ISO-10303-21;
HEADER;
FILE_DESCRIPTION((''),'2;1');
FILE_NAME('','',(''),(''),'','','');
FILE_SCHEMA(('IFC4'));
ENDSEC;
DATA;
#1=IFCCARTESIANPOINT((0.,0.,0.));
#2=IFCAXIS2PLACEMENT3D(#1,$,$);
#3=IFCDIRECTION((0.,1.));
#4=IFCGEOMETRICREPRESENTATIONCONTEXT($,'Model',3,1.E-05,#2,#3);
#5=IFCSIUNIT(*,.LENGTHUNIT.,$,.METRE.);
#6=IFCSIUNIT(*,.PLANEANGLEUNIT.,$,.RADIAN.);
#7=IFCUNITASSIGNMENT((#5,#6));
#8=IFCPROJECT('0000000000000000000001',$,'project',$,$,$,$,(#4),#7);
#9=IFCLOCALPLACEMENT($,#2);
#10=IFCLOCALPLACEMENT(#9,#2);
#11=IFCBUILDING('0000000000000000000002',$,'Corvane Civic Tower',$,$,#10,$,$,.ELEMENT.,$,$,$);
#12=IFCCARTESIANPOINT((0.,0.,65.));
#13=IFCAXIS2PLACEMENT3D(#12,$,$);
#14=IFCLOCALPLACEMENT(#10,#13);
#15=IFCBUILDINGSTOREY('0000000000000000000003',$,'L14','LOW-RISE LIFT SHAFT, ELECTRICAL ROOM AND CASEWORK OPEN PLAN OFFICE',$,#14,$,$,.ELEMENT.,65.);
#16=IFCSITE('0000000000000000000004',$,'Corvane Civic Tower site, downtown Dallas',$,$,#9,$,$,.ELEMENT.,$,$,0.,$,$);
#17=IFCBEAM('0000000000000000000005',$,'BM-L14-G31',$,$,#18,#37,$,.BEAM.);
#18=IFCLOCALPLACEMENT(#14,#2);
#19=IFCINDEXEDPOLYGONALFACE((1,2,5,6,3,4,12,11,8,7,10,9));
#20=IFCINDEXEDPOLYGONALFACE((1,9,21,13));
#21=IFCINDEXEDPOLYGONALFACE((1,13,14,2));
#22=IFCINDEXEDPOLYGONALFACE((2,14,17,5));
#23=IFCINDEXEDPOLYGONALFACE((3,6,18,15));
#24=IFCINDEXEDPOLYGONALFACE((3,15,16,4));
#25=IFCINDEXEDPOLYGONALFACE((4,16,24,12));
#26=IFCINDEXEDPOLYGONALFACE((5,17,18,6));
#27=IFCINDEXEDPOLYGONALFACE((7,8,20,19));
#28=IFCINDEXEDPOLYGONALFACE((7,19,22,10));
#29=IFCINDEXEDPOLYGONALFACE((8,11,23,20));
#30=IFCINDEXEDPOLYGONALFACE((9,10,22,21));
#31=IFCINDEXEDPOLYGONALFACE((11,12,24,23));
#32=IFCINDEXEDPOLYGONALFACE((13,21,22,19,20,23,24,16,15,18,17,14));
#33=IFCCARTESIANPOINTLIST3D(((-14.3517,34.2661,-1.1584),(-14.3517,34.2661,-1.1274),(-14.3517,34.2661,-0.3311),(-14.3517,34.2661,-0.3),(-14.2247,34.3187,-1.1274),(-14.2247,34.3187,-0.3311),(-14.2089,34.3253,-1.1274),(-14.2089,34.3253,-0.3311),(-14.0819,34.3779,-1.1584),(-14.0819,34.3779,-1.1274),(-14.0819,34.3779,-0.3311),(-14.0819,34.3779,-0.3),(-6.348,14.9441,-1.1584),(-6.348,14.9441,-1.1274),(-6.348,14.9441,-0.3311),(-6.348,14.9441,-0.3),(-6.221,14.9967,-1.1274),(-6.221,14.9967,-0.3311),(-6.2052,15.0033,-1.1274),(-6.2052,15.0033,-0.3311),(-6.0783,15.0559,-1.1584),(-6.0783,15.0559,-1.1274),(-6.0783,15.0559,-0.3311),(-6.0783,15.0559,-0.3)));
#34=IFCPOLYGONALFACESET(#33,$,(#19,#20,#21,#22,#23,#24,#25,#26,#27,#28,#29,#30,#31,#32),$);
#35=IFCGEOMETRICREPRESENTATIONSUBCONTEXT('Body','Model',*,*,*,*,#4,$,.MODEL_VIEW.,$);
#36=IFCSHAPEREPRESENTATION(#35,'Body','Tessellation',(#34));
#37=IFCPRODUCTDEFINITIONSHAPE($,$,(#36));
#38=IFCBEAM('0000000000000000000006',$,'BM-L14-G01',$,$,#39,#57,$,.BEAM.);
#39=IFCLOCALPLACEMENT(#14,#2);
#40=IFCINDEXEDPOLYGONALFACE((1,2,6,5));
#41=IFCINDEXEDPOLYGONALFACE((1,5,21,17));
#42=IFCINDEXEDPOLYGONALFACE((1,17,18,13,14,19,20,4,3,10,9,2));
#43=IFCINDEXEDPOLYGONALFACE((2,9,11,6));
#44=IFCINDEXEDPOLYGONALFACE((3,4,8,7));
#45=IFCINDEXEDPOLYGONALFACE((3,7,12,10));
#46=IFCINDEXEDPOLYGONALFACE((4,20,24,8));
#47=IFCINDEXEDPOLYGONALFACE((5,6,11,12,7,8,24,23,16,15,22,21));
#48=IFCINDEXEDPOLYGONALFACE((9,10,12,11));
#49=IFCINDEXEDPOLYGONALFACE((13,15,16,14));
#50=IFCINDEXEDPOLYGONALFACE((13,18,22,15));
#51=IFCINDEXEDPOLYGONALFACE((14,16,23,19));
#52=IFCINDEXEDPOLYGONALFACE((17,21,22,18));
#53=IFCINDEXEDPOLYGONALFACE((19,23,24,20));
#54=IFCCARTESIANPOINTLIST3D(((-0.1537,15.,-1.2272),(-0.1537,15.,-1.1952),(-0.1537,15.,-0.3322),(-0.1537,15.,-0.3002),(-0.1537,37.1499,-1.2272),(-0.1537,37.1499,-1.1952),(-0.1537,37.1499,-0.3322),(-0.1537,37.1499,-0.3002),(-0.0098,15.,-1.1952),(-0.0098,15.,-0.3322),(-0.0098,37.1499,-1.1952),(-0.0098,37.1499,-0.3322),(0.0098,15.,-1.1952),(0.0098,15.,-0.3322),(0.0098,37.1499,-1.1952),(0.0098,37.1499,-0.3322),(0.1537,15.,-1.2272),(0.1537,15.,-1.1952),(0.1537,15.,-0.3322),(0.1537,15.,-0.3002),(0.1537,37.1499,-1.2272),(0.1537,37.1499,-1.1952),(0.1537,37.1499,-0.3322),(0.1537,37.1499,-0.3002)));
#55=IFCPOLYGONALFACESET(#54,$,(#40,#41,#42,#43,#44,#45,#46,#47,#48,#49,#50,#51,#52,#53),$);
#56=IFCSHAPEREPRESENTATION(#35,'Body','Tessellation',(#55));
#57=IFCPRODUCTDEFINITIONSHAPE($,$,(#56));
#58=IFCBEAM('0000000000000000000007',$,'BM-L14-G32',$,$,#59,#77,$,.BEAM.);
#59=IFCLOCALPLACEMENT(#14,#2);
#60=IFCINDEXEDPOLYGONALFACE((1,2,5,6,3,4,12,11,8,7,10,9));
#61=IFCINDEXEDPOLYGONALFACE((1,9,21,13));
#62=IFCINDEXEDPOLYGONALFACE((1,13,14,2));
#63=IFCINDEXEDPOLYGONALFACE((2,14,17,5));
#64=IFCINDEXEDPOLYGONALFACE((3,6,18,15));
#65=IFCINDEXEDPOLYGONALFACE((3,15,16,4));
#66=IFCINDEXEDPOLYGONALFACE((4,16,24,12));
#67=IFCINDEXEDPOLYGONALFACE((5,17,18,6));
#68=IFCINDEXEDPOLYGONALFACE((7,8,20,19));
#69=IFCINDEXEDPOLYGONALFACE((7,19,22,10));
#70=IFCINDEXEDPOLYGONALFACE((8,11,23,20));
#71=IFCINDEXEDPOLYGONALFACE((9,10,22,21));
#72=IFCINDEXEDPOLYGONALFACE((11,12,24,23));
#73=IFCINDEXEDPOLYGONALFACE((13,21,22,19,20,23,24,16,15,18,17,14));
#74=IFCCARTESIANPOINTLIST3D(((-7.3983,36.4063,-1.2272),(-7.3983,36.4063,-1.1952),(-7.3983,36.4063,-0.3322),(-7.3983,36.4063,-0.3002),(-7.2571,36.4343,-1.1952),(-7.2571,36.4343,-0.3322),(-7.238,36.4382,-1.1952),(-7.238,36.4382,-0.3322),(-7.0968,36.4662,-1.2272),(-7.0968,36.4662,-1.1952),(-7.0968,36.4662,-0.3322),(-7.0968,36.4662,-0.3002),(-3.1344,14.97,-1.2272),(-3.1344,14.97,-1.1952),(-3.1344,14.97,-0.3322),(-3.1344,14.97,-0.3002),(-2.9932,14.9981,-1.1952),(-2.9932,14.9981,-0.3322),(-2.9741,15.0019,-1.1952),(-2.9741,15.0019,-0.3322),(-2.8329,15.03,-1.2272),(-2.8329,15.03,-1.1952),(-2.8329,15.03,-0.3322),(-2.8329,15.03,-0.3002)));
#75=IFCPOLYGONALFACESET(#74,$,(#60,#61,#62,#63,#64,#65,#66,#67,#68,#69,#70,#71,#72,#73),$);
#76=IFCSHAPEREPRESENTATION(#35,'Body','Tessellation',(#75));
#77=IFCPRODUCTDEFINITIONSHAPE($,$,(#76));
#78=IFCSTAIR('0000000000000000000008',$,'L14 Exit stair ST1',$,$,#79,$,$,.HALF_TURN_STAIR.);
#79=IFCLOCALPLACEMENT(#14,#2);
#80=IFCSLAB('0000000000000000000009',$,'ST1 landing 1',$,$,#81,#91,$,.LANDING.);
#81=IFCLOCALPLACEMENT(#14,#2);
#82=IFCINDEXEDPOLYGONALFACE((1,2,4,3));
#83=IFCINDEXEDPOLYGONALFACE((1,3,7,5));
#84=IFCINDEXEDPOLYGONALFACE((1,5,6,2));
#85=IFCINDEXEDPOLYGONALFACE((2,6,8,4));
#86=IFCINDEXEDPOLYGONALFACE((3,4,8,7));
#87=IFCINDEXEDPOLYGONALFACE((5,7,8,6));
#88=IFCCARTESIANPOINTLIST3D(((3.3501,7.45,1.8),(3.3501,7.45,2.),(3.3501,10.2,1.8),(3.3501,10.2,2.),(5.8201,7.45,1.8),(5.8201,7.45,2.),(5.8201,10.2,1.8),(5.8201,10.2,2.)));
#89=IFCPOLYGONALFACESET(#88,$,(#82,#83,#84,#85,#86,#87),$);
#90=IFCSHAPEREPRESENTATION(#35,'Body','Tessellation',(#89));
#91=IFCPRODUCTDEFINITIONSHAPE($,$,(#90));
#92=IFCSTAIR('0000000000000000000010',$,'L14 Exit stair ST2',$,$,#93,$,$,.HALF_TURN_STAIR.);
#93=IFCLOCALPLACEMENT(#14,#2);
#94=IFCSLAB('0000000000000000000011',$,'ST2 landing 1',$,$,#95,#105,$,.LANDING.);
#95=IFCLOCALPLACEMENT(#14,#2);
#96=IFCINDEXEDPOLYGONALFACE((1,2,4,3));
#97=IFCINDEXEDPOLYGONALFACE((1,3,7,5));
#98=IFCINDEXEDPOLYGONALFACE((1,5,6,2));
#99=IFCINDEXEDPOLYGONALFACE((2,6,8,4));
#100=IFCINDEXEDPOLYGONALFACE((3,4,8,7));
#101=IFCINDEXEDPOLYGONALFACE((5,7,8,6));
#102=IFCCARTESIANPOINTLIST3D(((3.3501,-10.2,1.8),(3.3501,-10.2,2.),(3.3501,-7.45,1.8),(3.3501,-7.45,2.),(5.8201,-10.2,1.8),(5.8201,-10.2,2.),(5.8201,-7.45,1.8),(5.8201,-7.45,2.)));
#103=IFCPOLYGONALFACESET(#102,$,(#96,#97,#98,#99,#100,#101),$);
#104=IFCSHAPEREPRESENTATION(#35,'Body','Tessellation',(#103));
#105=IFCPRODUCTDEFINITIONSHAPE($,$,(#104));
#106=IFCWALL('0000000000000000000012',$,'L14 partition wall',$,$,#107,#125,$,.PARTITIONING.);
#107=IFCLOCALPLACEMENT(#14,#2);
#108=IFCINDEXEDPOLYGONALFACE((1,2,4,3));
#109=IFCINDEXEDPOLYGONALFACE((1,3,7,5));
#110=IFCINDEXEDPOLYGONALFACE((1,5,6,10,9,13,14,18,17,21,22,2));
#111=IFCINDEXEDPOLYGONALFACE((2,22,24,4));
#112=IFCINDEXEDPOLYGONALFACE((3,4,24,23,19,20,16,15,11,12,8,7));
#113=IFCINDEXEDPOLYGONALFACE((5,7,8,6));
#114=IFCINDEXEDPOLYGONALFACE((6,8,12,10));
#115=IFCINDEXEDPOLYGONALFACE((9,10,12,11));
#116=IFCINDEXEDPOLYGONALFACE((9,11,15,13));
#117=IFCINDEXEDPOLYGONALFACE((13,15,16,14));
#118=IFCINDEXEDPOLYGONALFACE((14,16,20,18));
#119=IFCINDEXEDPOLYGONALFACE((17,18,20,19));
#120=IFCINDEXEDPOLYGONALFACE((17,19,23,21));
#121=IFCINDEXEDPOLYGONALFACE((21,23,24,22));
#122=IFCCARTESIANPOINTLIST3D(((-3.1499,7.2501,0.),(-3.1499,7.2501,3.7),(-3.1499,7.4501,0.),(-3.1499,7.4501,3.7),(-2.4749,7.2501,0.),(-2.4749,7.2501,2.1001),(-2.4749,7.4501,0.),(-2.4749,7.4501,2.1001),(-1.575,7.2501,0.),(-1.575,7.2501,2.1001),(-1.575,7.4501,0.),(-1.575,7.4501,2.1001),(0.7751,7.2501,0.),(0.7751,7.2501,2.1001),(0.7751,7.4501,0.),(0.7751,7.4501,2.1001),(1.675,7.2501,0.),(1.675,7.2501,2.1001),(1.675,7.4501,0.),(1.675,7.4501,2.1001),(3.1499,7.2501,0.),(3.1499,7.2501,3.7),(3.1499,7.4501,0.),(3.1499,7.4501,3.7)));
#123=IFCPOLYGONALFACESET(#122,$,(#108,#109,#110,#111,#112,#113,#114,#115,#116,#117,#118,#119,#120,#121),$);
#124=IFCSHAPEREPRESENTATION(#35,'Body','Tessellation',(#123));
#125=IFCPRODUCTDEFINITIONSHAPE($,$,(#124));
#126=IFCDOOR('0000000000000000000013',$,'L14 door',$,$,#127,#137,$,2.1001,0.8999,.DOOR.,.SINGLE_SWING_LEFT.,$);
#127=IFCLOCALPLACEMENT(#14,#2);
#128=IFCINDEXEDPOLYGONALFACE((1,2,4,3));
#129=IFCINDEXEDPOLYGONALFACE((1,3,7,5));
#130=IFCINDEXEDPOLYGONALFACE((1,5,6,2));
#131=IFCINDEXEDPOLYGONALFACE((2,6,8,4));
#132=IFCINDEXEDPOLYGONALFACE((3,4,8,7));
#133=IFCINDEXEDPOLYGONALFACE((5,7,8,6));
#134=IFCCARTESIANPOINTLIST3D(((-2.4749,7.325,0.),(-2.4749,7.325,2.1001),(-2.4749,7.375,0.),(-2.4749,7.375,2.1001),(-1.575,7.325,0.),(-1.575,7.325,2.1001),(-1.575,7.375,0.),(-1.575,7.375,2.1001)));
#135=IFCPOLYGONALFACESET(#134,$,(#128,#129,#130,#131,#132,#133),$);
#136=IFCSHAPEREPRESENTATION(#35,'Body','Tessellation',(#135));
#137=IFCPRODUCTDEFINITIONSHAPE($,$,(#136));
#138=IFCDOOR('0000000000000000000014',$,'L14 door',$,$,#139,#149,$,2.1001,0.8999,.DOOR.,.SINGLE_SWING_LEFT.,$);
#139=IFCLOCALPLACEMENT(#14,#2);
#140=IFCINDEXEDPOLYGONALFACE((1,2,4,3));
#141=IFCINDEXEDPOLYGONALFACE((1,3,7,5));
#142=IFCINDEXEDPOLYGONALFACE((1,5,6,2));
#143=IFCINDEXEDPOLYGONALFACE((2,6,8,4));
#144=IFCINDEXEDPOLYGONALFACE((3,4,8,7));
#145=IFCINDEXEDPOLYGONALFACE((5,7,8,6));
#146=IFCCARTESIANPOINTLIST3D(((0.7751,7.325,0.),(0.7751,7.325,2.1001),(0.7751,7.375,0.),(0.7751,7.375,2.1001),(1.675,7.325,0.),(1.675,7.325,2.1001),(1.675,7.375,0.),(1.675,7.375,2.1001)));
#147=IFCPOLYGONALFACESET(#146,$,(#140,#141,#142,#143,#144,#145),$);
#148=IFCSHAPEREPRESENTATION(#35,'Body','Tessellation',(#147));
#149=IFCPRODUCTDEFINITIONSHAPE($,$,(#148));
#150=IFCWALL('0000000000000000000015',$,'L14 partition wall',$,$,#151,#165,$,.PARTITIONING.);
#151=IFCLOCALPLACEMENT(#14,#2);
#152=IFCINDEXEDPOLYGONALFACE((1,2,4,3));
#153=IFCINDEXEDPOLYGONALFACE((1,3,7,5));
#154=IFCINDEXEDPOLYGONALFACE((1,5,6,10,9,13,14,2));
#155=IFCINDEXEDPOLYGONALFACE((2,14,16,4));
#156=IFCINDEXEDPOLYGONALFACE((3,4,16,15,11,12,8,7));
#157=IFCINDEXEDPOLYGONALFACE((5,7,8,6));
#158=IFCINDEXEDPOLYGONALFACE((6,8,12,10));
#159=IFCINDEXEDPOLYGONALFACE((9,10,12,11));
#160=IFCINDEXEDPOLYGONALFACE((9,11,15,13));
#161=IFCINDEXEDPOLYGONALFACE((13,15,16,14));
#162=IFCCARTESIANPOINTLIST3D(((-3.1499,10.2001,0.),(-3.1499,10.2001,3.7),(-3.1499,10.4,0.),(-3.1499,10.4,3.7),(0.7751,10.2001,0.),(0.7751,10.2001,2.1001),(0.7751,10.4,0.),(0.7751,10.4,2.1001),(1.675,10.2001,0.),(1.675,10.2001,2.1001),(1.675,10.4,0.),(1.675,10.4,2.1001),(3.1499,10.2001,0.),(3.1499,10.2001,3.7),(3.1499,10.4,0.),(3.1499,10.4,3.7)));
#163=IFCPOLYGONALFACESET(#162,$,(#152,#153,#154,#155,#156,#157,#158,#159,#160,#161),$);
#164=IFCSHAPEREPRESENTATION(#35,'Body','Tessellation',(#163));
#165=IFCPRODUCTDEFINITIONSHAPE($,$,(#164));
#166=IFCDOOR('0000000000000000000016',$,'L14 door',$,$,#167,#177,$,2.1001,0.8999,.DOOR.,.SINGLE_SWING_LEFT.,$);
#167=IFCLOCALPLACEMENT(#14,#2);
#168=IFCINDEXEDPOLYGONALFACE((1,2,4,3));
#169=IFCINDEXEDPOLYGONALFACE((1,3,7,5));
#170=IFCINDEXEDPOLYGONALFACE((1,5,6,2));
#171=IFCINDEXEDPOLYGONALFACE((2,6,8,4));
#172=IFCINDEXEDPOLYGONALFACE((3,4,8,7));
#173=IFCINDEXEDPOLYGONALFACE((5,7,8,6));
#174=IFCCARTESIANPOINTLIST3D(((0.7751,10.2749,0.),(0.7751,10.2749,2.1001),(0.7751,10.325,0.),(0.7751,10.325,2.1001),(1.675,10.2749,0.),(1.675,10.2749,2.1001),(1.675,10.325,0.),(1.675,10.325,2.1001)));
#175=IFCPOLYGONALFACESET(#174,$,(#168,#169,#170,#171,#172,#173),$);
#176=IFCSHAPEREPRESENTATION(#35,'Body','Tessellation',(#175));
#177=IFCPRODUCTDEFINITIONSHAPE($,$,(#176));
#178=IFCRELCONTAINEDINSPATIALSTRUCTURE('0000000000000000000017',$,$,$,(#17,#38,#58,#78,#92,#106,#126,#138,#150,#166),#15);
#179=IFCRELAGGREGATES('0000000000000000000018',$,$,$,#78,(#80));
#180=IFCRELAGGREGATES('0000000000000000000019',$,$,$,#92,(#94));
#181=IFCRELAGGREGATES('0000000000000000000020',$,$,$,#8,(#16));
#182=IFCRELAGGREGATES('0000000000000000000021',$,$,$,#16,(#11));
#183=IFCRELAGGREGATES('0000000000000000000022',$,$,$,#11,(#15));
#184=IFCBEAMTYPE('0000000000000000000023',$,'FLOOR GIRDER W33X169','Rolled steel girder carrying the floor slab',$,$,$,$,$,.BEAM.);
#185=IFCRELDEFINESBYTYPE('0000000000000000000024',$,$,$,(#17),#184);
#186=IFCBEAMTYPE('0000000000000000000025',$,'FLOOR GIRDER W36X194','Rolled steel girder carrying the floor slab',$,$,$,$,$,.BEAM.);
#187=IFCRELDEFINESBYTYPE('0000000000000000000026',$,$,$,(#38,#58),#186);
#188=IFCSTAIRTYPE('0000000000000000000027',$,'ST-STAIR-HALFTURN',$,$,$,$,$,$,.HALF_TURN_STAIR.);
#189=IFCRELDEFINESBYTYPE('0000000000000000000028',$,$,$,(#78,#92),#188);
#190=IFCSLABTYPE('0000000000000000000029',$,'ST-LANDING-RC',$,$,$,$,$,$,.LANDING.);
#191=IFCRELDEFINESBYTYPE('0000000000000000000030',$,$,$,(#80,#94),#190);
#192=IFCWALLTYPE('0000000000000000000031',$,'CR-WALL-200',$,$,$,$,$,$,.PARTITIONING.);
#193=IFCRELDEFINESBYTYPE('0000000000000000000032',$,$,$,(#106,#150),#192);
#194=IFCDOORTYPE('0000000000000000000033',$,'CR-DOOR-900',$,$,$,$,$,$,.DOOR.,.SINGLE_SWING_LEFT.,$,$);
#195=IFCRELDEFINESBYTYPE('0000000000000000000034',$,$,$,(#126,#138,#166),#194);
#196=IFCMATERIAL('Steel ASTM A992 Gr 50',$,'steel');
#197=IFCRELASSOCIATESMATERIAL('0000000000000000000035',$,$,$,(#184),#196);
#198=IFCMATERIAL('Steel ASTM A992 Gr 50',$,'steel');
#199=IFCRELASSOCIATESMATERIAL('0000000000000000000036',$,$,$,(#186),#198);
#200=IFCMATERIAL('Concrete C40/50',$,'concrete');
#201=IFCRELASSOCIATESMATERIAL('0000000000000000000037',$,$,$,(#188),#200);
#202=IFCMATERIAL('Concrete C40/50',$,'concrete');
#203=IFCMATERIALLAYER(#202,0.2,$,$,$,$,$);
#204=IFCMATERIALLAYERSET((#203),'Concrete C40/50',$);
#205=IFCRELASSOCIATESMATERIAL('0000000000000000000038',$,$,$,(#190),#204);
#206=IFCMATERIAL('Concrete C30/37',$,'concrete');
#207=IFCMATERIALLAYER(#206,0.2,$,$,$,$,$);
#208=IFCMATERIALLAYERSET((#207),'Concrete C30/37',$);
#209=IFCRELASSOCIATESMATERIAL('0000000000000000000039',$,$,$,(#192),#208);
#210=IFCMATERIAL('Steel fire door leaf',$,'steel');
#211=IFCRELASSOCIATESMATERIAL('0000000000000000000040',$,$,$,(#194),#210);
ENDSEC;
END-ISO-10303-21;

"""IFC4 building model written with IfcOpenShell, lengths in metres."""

from ifc_helpers import new_model, si_unit, direction, frame, frame_2d, origin, origin_2d, place, context, subcontext, project, spatial, polyline, rectangle, i_section, outline, extrude, material, layer, layer_set, material_profile, profile_set, type_object, element, fill, aggregate, save


model = new_model("IFC4")

# Units and contexts
model_context = context("Model", 3, precision=1e-05, world=origin(), true_north=direction((0.0, 1.0)))
body_context = subcontext(model_context, "Body", "Model", "MODEL_VIEW")
ifc_project = project(units=[si_unit("LENGTHUNIT", "METRE"), si_unit("PLANEANGLEUNIT", "RADIAN")], contexts=[model_context])

# Site, building, storey
site_placement = place(None, origin())
site = spatial("IfcSite", under=ifc_project, at=site_placement, Name="Corvane Civic Tower site, downtown Dallas", CompositionType="ELEMENT", RefElevation=0.0)
building_placement = place(site_placement, origin())
building = spatial("IfcBuilding", under=site, at=building_placement, Name="Corvane Civic Tower", CompositionType="ELEMENT")
storey_placement = place(building_placement, frame((0.0, 0.0, 65.0)))
storey = spatial("IfcBuildingStorey", under=building, at=storey_placement, Name="L14", Description="LOW-RISE LIFT SHAFT, ELECTRICAL ROOM AND CASEWORK OPEN PLAN OFFICE", CompositionType="ELEMENT", Elevation=65.0)

# Beams
ifc_material_1 = material(Name="Steel ASTM A992 Gr 50", Category="steel")
ifc_material_profile_1 = material_profile(ifc_material_1, i_section(OverallWidth=0.292, OverallDepth=0.8584, WebThickness=0.0171, FlangeThickness=0.031, at=origin_2d()), Name="W33X169")
ifc_profile_set_1 = profile_set([ifc_material_profile_1], Name="Steel ASTM A992 Gr 50")
beam_type_1 = type_object("IfcBeamType", Name="FLOOR GIRDER W33X169", Description="Rolled steel girder carrying the floor slab", PredefinedType="BEAM", material=ifc_profile_set_1)
beam_1_placement = place(storey_placement, frame((-6.2131, 15.0, -0.7292), z_axis=(-0.382692, 0.923876, 0.0), x_axis=(-0.923876, -0.382692, 0.0)))
element("IfcBeam", 1, at=beam_1_placement, inside=storey, type_object=beam_type_1, Name="BM-L14-G31", PredefinedType="BEAM", context=body_context, shape_type="SweptSolid", body=[
    extrude(i_section(OverallWidth=0.292, OverallDepth=0.8584, WebThickness=0.0171, FlangeThickness=0.031, at=origin_2d()), origin(), (0.0, 0.0, 1.0), 20.9141),
])
ifc_material_2 = material(Name="Steel ASTM A992 Gr 50", Category="steel")
ifc_material_profile_2 = material_profile(ifc_material_2, i_section(OverallWidth=0.3074, OverallDepth=0.927, WebThickness=0.0195, FlangeThickness=0.032, at=origin_2d()), Name="W36X194")
ifc_profile_set_2 = profile_set([ifc_material_profile_2], Name="Steel ASTM A992 Gr 50")
beam_type_2 = type_object("IfcBeamType", Name="FLOOR GIRDER W36X194", Description="Rolled steel girder carrying the floor slab", PredefinedType="BEAM", material=ifc_profile_set_2)
beam_2_placement = place(storey_placement, frame((0.0, 15.0, -0.7637), z_axis=(0.0, 1.0, 0.0), x_axis=(-1.0, 0.0, 0.0)))
element("IfcBeam", 2, at=beam_2_placement, inside=storey, type_object=beam_type_2, Name="BM-L14-G01", PredefinedType="BEAM", context=body_context, shape_type="SweptSolid", body=[
    extrude(i_section(OverallWidth=0.3074, OverallDepth=0.927, WebThickness=0.0195, FlangeThickness=0.032, at=origin_2d()), origin(), (0.0, 0.0, 1.0), 22.1499),
])
beam_3_placement = place(storey_placement, frame((-2.9836, 15.0, -0.7637), z_axis=(-0.195089, 0.980785, 0.0), x_axis=(-0.980785, -0.195089, 0.0)))
element("IfcBeam", 3, at=beam_3_placement, inside=storey, type_object=beam_type_2, Name="BM-L14-G32", PredefinedType="BEAM", context=body_context, shape_type="SweptSolid", body=[
    extrude(i_section(OverallWidth=0.3074, OverallDepth=0.927, WebThickness=0.0195, FlangeThickness=0.032, at=origin_2d()), origin(), (0.0, 0.0, 1.0), 21.8562),
])

# Stairs, slabs
ifc_material_3 = material(Name="Concrete C40/50", Category="concrete")
stair_type = type_object("IfcStairType", Name="ST-STAIR-HALFTURN", PredefinedType="HALF_TURN_STAIR", material=ifc_material_3)
stair_1_placement = place(storey_placement, origin())
stair_1 = element("IfcStair", 4, at=stair_1_placement, inside=storey, type_object=stair_type, Name="L14 Exit stair ST1", PredefinedType="HALF_TURN_STAIR")
ifc_material_4 = material(Name="Concrete C40/50", Category="concrete")
ifc_layer_1 = layer(ifc_material_4, 0.2)
ifc_layer_set_1 = layer_set([ifc_layer_1], Name="Concrete C40/50")
slab_type_1 = type_object("IfcSlabType", Name="ST-LANDING-RC", PredefinedType="LANDING", material=ifc_layer_set_1)
slab_1_placement = place(storey_placement, frame((0.0, 0.0, 1.8)))
slab_1 = element("IfcSlab", 5, at=slab_1_placement, type_object=slab_type_1, Name="ST1 landing 1", PredefinedType="LANDING", context=body_context, shape_type="SweptSolid", body=[
    extrude(outline(polyline([(5.8201, 10.2), (3.3501, 10.2), (3.3501, 7.45), (5.8201, 7.45), (5.8201, 10.2)])), origin(), (0.0, 0.0, 1.0), 0.2),
])
aggregate(stair_1, [slab_1])
stair_2_placement = place(storey_placement, origin())
stair_2 = element("IfcStair", 6, at=stair_2_placement, inside=storey, type_object=stair_type, Name="L14 Exit stair ST2", PredefinedType="HALF_TURN_STAIR")
slab_2_placement = place(storey_placement, frame((0.0, 0.0, 1.8)))
slab_2 = element("IfcSlab", 7, at=slab_2_placement, type_object=slab_type_1, Name="ST2 landing 1", PredefinedType="LANDING", context=body_context, shape_type="SweptSolid", body=[
    extrude(outline(polyline([(5.8201, -7.45), (3.3501, -7.45), (3.3501, -10.2), (5.8201, -10.2), (5.8201, -7.45)])), origin(), (0.0, 0.0, 1.0), 0.2),
])
aggregate(stair_2, [slab_2])

# Wall, openings, doors
ifc_material_5 = material(Name="Concrete C30/37", Category="concrete")
ifc_layer_2 = layer(ifc_material_5, 0.2)
ifc_layer_set_2 = layer_set([ifc_layer_2], Name="Concrete C30/37")
wall_type = type_object("IfcWallType", Name="CR-WALL-200", PredefinedType="PARTITIONING", material=ifc_layer_set_2)
wall_1_placement = place(storey_placement, frame((-3.1499, 7.3501, 0.0), z_axis=(0.0, 0.0, 1.0), x_axis=(1.0, 0.0, 0.0)))
wall_1 = element("IfcWall", 8, at=wall_1_placement, inside=storey, type_object=wall_type, Name="L14 partition wall", PredefinedType="PARTITIONING", context=body_context, shape_type="SweptSolid", body=[
    extrude(rectangle(XDim=6.2998, YDim=0.2, at=frame_2d((3.1499, 0.0))), origin(), (0.0, 0.0, 1.0), 3.7),
])
opening_1_placement = place(wall_1_placement, frame((0.675, 0.0, 0.0)))
opening_1 = element("IfcOpeningElement", 9, at=opening_1_placement, cuts=wall_1, PredefinedType="OPENING", context=body_context, shape_type="SweptSolid", body=[
    extrude(rectangle(XDim=0.8999, YDim=2.1001, at=frame_2d((0.45, 1.05))), frame((0.0, 0.1099, 0.0), z_axis=(0.0, -1.0, 0.0), x_axis=(1.0, 0.0, 0.0)), (0.0, 0.0, 1.0), 0.22),
])
opening_2_placement = place(wall_1_placement, frame((3.925, 0.0, 0.0)))
opening_2 = element("IfcOpeningElement", 10, at=opening_2_placement, cuts=wall_1, PredefinedType="OPENING", context=body_context, shape_type="SweptSolid", body=[
    extrude(rectangle(XDim=0.8999, YDim=2.1001, at=frame_2d((0.45, 1.05))), frame((0.0, 0.1099, 0.0), z_axis=(0.0, -1.0, 0.0), x_axis=(1.0, 0.0, 0.0)), (0.0, 0.0, 1.0), 0.22),
])
ifc_material_6 = material(Name="Steel fire door leaf", Category="steel")
door_type = type_object("IfcDoorType", Name="CR-DOOR-900", OperationType="SINGLE_SWING_LEFT", PredefinedType="DOOR", material=ifc_material_6)
door_1_placement = place(opening_1_placement, origin())
door_1 = element("IfcDoor", 11, at=door_1_placement, inside=storey, type_object=door_type, Name="L14 door", OperationType="SINGLE_SWING_LEFT", OverallHeight=2.1001, OverallWidth=0.8999, PredefinedType="DOOR", context=body_context, shape_type="SweptSolid", body=[
    extrude(rectangle(XDim=0.8999, YDim=2.1001, at=frame_2d((0.45, 1.05))), frame((0.0, 0.0249, 0.0), z_axis=(0.0, -1.0, 0.0), x_axis=(1.0, 0.0, 0.0)), (0.0, 0.0, 1.0), 0.05),
])
fill(opening_1, door_1)
door_2_placement = place(opening_2_placement, origin())
door_2 = element("IfcDoor", 12, at=door_2_placement, inside=storey, type_object=door_type, Name="L14 door", OperationType="SINGLE_SWING_LEFT", OverallHeight=2.1001, OverallWidth=0.8999, PredefinedType="DOOR", context=body_context, shape_type="SweptSolid", body=[
    extrude(rectangle(XDim=0.8999, YDim=2.1001, at=frame_2d((0.45, 1.05))), frame((0.0, 0.0249, 0.0), z_axis=(0.0, -1.0, 0.0), x_axis=(1.0, 0.0, 0.0)), (0.0, 0.0, 1.0), 0.05),
])
fill(opening_2, door_2)

# Wall, opening, door
wall_2_placement = place(storey_placement, frame((-3.1499, 10.3, 0.0), z_axis=(0.0, 0.0, 1.0), x_axis=(1.0, 0.0, 0.0)))
wall_2 = element("IfcWall", 13, at=wall_2_placement, inside=storey, type_object=wall_type, Name="L14 partition wall", PredefinedType="PARTITIONING", context=body_context, shape_type="SweptSolid", body=[
    extrude(rectangle(XDim=6.2998, YDim=0.2, at=frame_2d((3.1499, 0.0))), origin(), (0.0, 0.0, 1.0), 3.7),
])
opening_3_placement = place(wall_2_placement, frame((3.925, 0.0, 0.0)))
opening_3 = element("IfcOpeningElement", 14, at=opening_3_placement, cuts=wall_2, PredefinedType="OPENING", context=body_context, shape_type="SweptSolid", body=[
    extrude(rectangle(XDim=0.8999, YDim=2.1001, at=frame_2d((0.45, 1.05))), frame((0.0, 0.1099, 0.0), z_axis=(0.0, -1.0, 0.0), x_axis=(1.0, 0.0, 0.0)), (0.0, 0.0, 1.0), 0.22),
])
door_3_placement = place(opening_3_placement, origin())
door_3 = element("IfcDoor", 15, at=door_3_placement, inside=storey, type_object=door_type, Name="L14 door", OperationType="SINGLE_SWING_LEFT", OverallHeight=2.1001, OverallWidth=0.8999, PredefinedType="DOOR", context=body_context, shape_type="SweptSolid", body=[
    extrude(rectangle(XDim=0.8999, YDim=2.1001, at=frame_2d((0.45, 1.05))), frame((0.0, 0.0249, 0.0), z_axis=(0.0, -1.0, 0.0), x_axis=(1.0, 0.0, 0.0)), (0.0, 0.0, 1.0), 0.05),
])
fill(opening_3, door_3)

save(model, "model.ifc")
